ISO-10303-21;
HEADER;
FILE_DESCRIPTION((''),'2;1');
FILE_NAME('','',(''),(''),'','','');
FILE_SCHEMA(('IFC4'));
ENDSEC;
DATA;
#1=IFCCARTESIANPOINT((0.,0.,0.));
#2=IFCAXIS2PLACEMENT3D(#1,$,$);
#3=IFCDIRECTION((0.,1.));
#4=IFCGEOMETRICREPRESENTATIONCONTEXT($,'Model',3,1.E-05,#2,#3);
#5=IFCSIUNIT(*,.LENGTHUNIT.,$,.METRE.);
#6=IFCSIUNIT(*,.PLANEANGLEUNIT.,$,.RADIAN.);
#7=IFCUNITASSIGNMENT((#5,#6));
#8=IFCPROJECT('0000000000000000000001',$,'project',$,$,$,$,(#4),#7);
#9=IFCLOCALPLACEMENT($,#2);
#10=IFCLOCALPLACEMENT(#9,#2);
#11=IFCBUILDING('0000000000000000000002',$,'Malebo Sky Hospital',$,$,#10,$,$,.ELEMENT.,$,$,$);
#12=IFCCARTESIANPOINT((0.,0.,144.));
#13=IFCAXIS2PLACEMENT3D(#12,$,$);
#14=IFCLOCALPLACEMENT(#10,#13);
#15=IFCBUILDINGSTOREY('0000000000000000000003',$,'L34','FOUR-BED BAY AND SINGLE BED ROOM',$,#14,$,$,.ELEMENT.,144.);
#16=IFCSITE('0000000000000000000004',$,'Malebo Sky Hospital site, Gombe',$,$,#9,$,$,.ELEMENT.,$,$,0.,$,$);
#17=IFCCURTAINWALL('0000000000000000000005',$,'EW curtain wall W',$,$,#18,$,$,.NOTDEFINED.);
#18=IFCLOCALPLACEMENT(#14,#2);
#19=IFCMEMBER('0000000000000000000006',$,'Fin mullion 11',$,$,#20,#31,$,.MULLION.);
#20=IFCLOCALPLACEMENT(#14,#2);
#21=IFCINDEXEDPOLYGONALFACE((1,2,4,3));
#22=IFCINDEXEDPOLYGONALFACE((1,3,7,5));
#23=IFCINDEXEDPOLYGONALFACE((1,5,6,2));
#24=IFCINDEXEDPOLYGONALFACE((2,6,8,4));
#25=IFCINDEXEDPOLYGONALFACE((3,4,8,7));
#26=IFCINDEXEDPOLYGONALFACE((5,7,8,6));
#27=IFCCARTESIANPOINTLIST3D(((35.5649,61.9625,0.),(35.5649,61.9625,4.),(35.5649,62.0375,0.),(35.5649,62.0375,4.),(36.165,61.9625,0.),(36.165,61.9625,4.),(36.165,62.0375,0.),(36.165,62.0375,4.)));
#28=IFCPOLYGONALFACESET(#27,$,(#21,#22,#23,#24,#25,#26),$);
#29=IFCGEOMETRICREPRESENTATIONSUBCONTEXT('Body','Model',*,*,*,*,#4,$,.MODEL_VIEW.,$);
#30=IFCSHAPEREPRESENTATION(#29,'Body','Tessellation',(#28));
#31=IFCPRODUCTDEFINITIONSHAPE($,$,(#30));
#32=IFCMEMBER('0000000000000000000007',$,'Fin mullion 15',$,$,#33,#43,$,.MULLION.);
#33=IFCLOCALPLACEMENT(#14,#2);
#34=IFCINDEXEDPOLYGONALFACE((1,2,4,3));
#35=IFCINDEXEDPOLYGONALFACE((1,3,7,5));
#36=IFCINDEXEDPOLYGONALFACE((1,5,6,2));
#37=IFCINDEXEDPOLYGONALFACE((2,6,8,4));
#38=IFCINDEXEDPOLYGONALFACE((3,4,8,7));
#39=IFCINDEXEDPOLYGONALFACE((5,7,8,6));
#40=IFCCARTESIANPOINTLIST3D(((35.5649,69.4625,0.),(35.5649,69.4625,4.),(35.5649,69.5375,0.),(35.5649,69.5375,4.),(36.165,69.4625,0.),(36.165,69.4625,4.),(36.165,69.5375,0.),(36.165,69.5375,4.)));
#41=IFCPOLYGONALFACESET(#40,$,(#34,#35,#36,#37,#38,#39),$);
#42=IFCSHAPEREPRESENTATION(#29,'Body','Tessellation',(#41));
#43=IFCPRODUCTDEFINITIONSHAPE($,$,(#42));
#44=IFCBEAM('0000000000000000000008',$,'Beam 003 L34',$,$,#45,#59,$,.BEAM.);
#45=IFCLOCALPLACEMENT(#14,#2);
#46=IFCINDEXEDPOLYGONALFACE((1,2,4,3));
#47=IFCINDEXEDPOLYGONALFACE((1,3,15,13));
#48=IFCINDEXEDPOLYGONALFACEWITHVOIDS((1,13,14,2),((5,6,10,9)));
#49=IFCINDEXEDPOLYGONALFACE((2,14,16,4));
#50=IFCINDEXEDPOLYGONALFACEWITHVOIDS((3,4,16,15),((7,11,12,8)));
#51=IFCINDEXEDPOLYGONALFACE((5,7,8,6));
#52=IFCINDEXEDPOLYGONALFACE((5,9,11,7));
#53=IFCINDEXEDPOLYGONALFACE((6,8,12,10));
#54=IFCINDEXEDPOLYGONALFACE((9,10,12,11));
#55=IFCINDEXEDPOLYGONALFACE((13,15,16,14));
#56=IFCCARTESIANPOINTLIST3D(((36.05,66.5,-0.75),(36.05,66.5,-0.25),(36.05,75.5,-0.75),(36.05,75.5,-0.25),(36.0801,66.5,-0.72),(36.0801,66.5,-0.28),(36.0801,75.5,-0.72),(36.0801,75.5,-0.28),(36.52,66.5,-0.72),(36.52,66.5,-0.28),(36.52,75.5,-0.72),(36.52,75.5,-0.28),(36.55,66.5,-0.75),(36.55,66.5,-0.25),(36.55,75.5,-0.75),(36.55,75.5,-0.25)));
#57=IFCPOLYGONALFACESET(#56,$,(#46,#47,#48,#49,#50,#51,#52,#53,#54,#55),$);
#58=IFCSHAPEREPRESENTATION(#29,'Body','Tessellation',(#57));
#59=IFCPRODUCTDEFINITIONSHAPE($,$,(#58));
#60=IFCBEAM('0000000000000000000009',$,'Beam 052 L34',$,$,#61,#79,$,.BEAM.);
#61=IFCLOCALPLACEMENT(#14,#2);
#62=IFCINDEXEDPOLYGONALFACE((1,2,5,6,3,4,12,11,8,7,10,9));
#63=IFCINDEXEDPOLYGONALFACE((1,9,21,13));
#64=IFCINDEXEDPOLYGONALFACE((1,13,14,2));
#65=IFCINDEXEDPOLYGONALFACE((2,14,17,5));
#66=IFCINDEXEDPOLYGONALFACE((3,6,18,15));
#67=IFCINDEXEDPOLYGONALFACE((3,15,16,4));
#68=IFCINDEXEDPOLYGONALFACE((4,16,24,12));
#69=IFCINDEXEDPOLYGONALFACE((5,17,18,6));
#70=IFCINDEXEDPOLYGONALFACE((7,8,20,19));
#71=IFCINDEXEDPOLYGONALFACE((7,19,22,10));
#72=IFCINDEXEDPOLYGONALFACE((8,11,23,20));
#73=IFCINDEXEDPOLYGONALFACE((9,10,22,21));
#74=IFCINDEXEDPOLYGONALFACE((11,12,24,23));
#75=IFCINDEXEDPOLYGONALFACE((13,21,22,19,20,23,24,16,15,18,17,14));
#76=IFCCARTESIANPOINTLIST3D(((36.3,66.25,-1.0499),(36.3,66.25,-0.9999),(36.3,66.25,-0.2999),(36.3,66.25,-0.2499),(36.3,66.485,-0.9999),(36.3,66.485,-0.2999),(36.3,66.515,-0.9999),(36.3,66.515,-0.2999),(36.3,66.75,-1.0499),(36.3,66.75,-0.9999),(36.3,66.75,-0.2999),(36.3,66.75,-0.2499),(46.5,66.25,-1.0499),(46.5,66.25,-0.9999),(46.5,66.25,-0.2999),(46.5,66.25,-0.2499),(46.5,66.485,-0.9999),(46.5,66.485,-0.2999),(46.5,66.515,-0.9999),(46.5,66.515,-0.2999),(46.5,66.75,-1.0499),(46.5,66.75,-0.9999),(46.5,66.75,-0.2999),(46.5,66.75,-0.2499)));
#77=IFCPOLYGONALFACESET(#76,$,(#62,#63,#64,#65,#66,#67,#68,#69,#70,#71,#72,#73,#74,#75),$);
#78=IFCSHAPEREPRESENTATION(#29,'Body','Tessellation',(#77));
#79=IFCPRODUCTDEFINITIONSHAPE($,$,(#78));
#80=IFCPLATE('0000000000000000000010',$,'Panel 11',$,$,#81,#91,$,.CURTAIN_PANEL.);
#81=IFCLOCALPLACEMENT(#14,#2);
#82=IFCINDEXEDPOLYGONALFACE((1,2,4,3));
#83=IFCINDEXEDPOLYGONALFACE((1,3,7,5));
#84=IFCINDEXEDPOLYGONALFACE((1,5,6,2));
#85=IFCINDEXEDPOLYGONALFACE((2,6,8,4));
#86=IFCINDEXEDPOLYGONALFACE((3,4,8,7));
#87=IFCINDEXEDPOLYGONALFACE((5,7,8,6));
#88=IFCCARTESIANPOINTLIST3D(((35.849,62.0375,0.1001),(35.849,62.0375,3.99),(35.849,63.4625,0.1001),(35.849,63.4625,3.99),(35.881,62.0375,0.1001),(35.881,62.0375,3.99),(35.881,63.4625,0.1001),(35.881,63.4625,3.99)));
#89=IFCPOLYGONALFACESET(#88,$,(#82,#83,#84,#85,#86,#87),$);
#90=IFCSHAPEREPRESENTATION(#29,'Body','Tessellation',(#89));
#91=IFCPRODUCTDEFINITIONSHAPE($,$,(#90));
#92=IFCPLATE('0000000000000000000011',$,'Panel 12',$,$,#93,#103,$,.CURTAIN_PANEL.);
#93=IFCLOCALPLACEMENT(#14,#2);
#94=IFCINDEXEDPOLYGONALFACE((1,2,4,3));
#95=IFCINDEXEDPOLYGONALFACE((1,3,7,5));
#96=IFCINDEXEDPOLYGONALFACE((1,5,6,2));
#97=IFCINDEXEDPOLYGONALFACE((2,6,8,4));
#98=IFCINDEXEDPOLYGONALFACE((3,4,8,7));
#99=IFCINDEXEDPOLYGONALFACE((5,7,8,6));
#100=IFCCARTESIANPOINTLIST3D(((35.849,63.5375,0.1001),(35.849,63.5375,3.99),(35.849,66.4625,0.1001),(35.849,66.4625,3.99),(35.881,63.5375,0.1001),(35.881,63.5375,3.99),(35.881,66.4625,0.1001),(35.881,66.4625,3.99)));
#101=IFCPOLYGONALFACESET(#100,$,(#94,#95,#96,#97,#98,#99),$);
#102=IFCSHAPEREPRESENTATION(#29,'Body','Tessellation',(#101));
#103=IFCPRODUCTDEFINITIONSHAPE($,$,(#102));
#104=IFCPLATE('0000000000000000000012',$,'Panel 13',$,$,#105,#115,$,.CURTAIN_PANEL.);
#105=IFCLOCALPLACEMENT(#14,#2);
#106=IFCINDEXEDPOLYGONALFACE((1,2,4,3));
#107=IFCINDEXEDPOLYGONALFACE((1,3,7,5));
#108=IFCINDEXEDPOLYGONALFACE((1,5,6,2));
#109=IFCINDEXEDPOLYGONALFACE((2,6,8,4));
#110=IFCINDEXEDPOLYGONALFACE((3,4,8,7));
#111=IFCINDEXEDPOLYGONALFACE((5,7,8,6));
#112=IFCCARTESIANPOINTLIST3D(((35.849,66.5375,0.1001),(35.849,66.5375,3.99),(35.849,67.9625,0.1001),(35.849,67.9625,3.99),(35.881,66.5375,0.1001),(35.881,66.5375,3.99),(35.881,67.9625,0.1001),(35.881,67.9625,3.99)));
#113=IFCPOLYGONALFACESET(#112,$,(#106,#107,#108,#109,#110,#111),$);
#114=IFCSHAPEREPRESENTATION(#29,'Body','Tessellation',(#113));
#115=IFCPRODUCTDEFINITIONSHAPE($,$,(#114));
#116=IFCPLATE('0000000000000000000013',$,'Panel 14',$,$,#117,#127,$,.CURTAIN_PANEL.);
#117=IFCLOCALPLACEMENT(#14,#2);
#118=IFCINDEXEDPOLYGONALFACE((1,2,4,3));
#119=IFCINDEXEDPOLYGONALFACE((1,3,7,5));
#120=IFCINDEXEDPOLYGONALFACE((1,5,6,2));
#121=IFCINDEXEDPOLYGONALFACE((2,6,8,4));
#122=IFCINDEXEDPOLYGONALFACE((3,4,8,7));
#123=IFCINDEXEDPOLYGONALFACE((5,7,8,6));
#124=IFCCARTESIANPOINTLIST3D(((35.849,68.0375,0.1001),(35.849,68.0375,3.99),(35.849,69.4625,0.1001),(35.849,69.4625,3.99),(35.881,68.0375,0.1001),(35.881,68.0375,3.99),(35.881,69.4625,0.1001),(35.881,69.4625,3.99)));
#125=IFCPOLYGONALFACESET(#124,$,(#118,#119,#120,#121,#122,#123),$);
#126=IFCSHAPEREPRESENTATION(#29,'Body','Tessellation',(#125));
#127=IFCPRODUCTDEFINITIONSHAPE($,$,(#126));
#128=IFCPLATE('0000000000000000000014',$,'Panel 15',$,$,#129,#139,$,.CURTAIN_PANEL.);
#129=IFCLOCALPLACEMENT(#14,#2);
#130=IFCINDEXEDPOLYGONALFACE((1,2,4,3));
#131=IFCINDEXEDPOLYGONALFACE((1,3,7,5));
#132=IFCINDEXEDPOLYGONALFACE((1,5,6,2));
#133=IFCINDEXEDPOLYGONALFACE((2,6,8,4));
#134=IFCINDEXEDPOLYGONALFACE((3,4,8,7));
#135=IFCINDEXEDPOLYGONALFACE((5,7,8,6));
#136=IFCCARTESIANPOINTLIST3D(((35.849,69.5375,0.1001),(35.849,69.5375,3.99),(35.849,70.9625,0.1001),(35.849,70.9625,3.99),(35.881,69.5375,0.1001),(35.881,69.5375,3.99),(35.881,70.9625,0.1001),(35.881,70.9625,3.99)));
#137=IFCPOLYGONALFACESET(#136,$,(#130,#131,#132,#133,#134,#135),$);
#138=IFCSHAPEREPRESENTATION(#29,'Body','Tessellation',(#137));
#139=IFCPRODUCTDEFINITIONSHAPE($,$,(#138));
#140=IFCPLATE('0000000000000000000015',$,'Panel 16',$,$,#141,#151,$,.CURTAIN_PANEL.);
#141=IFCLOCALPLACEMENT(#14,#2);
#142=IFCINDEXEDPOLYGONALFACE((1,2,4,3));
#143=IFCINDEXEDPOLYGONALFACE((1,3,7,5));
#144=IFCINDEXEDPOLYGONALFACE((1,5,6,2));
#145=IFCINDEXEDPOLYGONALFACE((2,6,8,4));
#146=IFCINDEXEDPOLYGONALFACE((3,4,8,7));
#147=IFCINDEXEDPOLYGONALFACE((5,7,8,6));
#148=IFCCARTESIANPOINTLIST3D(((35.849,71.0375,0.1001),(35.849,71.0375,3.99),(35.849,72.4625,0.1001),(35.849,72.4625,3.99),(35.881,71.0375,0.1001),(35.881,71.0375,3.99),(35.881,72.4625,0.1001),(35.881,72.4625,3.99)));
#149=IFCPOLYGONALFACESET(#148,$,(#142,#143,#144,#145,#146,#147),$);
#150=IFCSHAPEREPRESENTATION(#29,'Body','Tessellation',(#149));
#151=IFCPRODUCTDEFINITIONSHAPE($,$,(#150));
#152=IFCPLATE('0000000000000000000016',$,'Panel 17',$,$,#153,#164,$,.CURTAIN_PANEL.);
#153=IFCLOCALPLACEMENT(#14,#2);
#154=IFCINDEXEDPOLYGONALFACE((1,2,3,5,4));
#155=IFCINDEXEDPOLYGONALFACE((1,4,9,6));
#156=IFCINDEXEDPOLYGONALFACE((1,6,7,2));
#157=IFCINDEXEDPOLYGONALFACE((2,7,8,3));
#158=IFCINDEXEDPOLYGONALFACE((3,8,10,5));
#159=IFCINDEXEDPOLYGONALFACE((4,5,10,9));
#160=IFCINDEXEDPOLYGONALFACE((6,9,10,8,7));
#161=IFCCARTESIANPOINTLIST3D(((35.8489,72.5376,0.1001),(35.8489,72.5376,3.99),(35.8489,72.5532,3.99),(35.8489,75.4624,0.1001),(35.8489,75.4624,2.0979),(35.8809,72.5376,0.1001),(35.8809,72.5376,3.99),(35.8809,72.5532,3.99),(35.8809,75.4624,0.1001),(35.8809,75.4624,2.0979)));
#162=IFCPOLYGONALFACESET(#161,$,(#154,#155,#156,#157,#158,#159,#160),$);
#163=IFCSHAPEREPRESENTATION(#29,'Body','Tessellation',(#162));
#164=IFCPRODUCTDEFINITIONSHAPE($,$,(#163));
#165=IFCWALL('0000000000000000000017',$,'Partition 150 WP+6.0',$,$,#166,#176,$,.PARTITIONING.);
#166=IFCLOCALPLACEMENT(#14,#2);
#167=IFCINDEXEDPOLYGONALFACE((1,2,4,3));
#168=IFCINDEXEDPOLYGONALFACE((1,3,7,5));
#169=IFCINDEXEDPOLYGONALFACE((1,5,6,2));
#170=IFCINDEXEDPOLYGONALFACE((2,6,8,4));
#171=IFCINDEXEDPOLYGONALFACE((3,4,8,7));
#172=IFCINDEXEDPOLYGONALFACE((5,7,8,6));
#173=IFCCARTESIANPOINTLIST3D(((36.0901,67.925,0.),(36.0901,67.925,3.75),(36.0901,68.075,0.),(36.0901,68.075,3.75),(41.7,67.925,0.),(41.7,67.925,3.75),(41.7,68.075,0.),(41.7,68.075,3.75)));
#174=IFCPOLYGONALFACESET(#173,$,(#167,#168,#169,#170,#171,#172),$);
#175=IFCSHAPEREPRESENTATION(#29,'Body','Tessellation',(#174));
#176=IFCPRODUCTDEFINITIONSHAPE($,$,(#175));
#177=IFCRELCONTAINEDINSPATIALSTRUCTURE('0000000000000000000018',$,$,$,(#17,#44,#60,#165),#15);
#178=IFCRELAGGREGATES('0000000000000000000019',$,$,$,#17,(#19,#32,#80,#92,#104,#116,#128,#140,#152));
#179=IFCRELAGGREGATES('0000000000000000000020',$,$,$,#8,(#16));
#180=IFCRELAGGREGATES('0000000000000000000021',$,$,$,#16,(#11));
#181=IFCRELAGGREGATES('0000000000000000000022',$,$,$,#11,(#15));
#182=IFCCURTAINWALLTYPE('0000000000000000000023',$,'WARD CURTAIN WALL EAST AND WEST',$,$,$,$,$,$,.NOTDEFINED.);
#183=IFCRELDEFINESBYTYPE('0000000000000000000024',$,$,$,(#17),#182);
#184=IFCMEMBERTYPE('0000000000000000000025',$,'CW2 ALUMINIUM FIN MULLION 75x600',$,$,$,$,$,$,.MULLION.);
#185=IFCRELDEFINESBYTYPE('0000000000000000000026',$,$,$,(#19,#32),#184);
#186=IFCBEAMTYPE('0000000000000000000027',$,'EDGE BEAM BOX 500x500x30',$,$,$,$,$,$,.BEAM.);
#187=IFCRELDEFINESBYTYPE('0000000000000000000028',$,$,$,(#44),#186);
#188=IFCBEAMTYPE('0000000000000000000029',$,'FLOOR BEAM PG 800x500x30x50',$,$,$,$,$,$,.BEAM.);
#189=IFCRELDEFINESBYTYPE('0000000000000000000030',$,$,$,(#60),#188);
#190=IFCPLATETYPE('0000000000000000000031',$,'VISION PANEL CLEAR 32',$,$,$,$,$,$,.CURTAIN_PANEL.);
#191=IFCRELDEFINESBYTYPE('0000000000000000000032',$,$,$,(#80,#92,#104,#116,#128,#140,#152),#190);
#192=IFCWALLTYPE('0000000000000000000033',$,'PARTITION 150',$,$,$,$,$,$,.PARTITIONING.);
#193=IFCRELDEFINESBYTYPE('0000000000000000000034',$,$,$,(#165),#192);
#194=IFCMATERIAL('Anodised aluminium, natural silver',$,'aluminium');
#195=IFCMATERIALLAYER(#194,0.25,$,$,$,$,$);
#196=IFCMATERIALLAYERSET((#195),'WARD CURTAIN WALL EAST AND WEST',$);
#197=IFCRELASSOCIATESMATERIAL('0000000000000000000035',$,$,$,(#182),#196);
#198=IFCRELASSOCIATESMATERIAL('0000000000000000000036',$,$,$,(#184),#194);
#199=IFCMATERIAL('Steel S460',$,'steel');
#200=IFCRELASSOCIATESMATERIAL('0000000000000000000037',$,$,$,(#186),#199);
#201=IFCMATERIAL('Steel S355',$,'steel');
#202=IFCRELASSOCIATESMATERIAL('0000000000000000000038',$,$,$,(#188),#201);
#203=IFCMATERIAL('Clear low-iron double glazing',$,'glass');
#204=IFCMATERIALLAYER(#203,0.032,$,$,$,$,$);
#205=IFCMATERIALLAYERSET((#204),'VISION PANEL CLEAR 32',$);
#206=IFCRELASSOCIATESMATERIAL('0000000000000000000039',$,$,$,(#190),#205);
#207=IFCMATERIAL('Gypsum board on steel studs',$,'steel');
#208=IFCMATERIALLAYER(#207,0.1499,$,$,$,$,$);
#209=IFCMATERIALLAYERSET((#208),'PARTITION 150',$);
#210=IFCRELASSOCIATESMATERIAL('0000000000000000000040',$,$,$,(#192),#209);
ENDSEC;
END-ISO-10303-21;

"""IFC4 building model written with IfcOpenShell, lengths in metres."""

from ifc_helpers import new_model, si_unit, direction, frame, frame_2d, origin, origin_2d, place, context, subcontext, project, spatial, polyline, rectangle, hollow_rectangle, i_section, outline, extrude, material, layer, layer_set, material_profile, profile_set, type_object, element, aggregate, save


model = new_model("IFC4")

# Units and contexts
model_context = context("Model", 3, precision=1e-05, world=origin(), true_north=direction((0.0, 1.0)))
body_context = subcontext(model_context, "Body", "Model", "MODEL_VIEW")
ifc_project = project(units=[si_unit("LENGTHUNIT", "METRE"), si_unit("PLANEANGLEUNIT", "RADIAN")], contexts=[model_context])

# Site, building, storey
site_placement = place(None, origin())
site = spatial("IfcSite", under=ifc_project, at=site_placement, Name="Malebo Sky Hospital site, Gombe", CompositionType="ELEMENT", RefElevation=0.0)
building_placement = place(site_placement, origin())
building = spatial("IfcBuilding", under=site, at=building_placement, Name="Malebo Sky Hospital", CompositionType="ELEMENT")
storey_placement = place(building_placement, frame((0.0, 0.0, 144.0)))
storey = spatial("IfcBuildingStorey", under=building, at=storey_placement, Name="L34", Description="FOUR-BED BAY AND SINGLE BED ROOM", CompositionType="ELEMENT", Elevation=144.0)

# Shared definitions
ifc_material_1 = material(Name="Steel S460", Category="steel")

# Curtain wall, members
ifc_material_2 = material(Name="Anodised aluminium, natural silver", Category="aluminium")
ifc_layer_1 = layer(ifc_material_2, 0.25)
ifc_layer_set_1 = layer_set([ifc_layer_1], Name="WARD CURTAIN WALL EAST AND WEST")
curtain_wall_type = type_object("IfcCurtainWallType", Name="WARD CURTAIN WALL EAST AND WEST", PredefinedType="NOTDEFINED", material=ifc_layer_set_1)
curtain_wall_placement = place(storey_placement, origin())
curtain_wall = element("IfcCurtainWall", 1, at=curtain_wall_placement, inside=storey, type_object=curtain_wall_type, Name="EW curtain wall W", PredefinedType="NOTDEFINED")
ifc_material_profile_1 = material_profile(ifc_material_2, rectangle(XDim=0.075, YDim=0.6001, at=origin_2d()), Name="CW2 ALUMINIUM FIN MULLION 75x600")
ifc_profile_set_1 = profile_set([ifc_material_profile_1], Name="Anodised aluminium, natural silver")
member_type_1 = type_object("IfcMemberType", Name="CW2 ALUMINIUM FIN MULLION 75x600", PredefinedType="MULLION", material=ifc_profile_set_1)
member_1_placement = place(storey_placement, frame((35.865, 62.0, 0.0), z_axis=(0.0, 0.0, 1.0), x_axis=(0.0, 1.0, 0.0)))
member_1 = element("IfcMember", 2, at=member_1_placement, type_object=member_type_1, Name="Fin mullion 11", PredefinedType="MULLION", context=body_context, shape_type="SweptSolid", body=[
    extrude(rectangle(XDim=0.075, YDim=0.6001, at=origin_2d()), origin(), (0.0, 0.0, 1.0), 4.0),
])
member_2_placement = place(storey_placement, frame((35.865, 69.5, 0.0), z_axis=(0.0, 0.0, 1.0), x_axis=(0.0, 1.0, 0.0)))
member_2 = element("IfcMember", 3, at=member_2_placement, type_object=member_type_1, Name="Fin mullion 15", PredefinedType="MULLION", context=body_context, shape_type="SweptSolid", body=[
    extrude(rectangle(XDim=0.075, YDim=0.6001, at=origin_2d()), origin(), (0.0, 0.0, 1.0), 4.0),
])

# Beams
ifc_material_profile_2 = material_profile(ifc_material_1, hollow_rectangle(XDim=0.5, YDim=0.5, WallThickness=0.03, at=origin_2d()), Name="BOX 500x500x30")
ifc_profile_set_2 = profile_set([ifc_material_profile_2], Name="Steel S460")
beam_type_1 = type_object("IfcBeamType", Name="EDGE BEAM BOX 500x500x30", PredefinedType="BEAM", material=ifc_profile_set_2)
beam_1_placement = place(storey_placement, frame((36.3, 66.5, -0.5), z_axis=(0.0, 1.0, 0.0), x_axis=(-1.0, 0.0, 0.0)))
element("IfcBeam", 4, at=beam_1_placement, inside=storey, type_object=beam_type_1, Name="Beam 003 L34", PredefinedType="BEAM", context=body_context, shape_type="SweptSolid", body=[
    extrude(hollow_rectangle(XDim=0.5, YDim=0.5, WallThickness=0.03, at=origin_2d()), origin(), (0.0, 0.0, 1.0), 9.0),
])
ifc_material_3 = material(Name="Steel S355", Category="steel")
ifc_material_profile_3 = material_profile(ifc_material_3, i_section(OverallWidth=0.5, OverallDepth=0.8, WebThickness=0.03, FlangeThickness=0.05, at=origin_2d()), Name="PG 800x500x30x50")
ifc_profile_set_3 = profile_set([ifc_material_profile_3], Name="Steel S355")
beam_type_2 = type_object("IfcBeamType", Name="FLOOR BEAM PG 800x500x30x50", PredefinedType="BEAM", material=ifc_profile_set_3)
beam_2_placement = place(storey_placement, frame((36.3, 66.5, -0.6499), z_axis=(1.0, 0.0, 0.0), x_axis=(0.0, 1.0, 0.0)))
element("IfcBeam", 5, at=beam_2_placement, inside=storey, type_object=beam_type_2, Name="Beam 052 L34", PredefinedType="BEAM", context=body_context, shape_type="SweptSolid", body=[
    extrude(i_section(OverallWidth=0.5, OverallDepth=0.8, WebThickness=0.03, FlangeThickness=0.05, at=origin_2d()), origin(), (0.0, 0.0, 1.0), 10.2),
])

# Plates
ifc_material_4 = material(Name="Clear low-iron double glazing", Category="glass")
ifc_layer_2 = layer(ifc_material_4, 0.032)
ifc_layer_set_2 = layer_set([ifc_layer_2], Name="VISION PANEL CLEAR 32")
plate_type = type_object("IfcPlateType", Name="VISION PANEL CLEAR 32", PredefinedType="CURTAIN_PANEL", material=ifc_layer_set_2)
plate_1_placement = place(storey_placement, frame((35.865, 62.75, 0.1001), z_axis=(0.0, 0.0, 1.0), x_axis=(0.0, 1.0, 0.0)))
plate_1 = element("IfcPlate", 6, at=plate_1_placement, type_object=plate_type, Name="Panel 11", PredefinedType="CURTAIN_PANEL", context=body_context, shape_type="SweptSolid", body=[
    extrude(rectangle(XDim=1.425, YDim=0.032, at=origin_2d()), origin(), (0.0, 0.0, 1.0), 3.8899),
])
plate_2_placement = place(storey_placement, frame((35.865, 65.0, 0.1001), z_axis=(0.0, 0.0, 1.0), x_axis=(0.0, 1.0, 0.0)))
plate_2 = element("IfcPlate", 7, at=plate_2_placement, type_object=plate_type, Name="Panel 12", PredefinedType="CURTAIN_PANEL", context=body_context, shape_type="SweptSolid", body=[
    extrude(rectangle(XDim=2.925, YDim=0.032, at=origin_2d()), origin(), (0.0, 0.0, 1.0), 3.8899),
])
plate_3_placement = place(storey_placement, frame((35.865, 67.25, 0.1001), z_axis=(0.0, 0.0, 1.0), x_axis=(0.0, 1.0, 0.0)))
plate_3 = element("IfcPlate", 8, at=plate_3_placement, type_object=plate_type, Name="Panel 13", PredefinedType="CURTAIN_PANEL", context=body_context, shape_type="SweptSolid", body=[
    extrude(rectangle(XDim=1.425, YDim=0.032, at=origin_2d()), origin(), (0.0, 0.0, 1.0), 3.8899),
])
plate_4_placement = place(storey_placement, frame((35.865, 68.75, 0.1001), z_axis=(0.0, 0.0, 1.0), x_axis=(0.0, 1.0, 0.0)))
plate_4 = element("IfcPlate", 9, at=plate_4_placement, type_object=plate_type, Name="Panel 14", PredefinedType="CURTAIN_PANEL", context=body_context, shape_type="SweptSolid", body=[
    extrude(rectangle(XDim=1.425, YDim=0.032, at=origin_2d()), origin(), (0.0, 0.0, 1.0), 3.8899),
])
plate_5_placement = place(storey_placement, frame((35.865, 70.25, 0.1001), z_axis=(0.0, 0.0, 1.0), x_axis=(0.0, 1.0, 0.0)))
plate_5 = element("IfcPlate", 10, at=plate_5_placement, type_object=plate_type, Name="Panel 15", PredefinedType="CURTAIN_PANEL", context=body_context, shape_type="SweptSolid", body=[
    extrude(rectangle(XDim=1.425, YDim=0.032, at=origin_2d()), origin(), (0.0, 0.0, 1.0), 3.8899),
])
plate_6_placement = place(storey_placement, frame((35.865, 71.75, 0.1001), z_axis=(0.0, 0.0, 1.0), x_axis=(0.0, 1.0, 0.0)))
plate_6 = element("IfcPlate", 11, at=plate_6_placement, type_object=plate_type, Name="Panel 16", PredefinedType="CURTAIN_PANEL", context=body_context, shape_type="SweptSolid", body=[
    extrude(rectangle(XDim=1.425, YDim=0.032, at=origin_2d()), origin(), (0.0, 0.0, 1.0), 3.8899),
])
plate_7_placement = place(storey_placement, frame((35.865, 74.0, 0.1001), z_axis=(0.0, 0.0, 1.0), x_axis=(0.0, 1.0, 0.0)))
plate_7 = element("IfcPlate", 12, at=plate_7_placement, type_object=plate_type, Name="Panel 17", PredefinedType="CURTAIN_PANEL", context=body_context, shape_type="SweptSolid", body=[
    extrude(outline(polyline([(-1.4624, 0.0), (1.4624, 0.0), (1.4624, 1.9978), (-1.4468, 3.8899), (-1.4624, 3.8899), (-1.4624, 0.0)])), frame((0.0, 0.0161, 0.0), z_axis=(0.0, -1.0, 0.0), x_axis=(1.0, 0.0, 0.0)), (0.0, 0.0, 1.0), 0.032),
])
aggregate(curtain_wall, [member_1, member_2, plate_1, plate_2, plate_3, plate_4, plate_5, plate_6, plate_7])

# Wall
ifc_material_5 = material(Name="Gypsum board on steel studs", Category="steel")
ifc_layer_3 = layer(ifc_material_5, 0.1499)
ifc_layer_set_3 = layer_set([ifc_layer_3], Name="PARTITION 150")
wall_type_1 = type_object("IfcWallType", Name="PARTITION 150", PredefinedType="PARTITIONING", material=ifc_layer_set_3)
wall_1_placement = place(storey_placement, frame((41.7, 68.0, 0.0), z_axis=(0.0, 0.0, 1.0), x_axis=(-1.0, 0.0, 0.0)))
element("IfcWall", 13, at=wall_1_placement, inside=storey, type_object=wall_type_1, Name="Partition 150 WP+6.0", PredefinedType="PARTITIONING", context=body_context, shape_type="SweptSolid", body=[
    extrude(rectangle(XDim=5.6099, YDim=0.1499, at=frame_2d((2.8049, 0.0))), origin(), (0.0, 0.0, 1.0), 3.75),
])

save(model, "model.ifc")
